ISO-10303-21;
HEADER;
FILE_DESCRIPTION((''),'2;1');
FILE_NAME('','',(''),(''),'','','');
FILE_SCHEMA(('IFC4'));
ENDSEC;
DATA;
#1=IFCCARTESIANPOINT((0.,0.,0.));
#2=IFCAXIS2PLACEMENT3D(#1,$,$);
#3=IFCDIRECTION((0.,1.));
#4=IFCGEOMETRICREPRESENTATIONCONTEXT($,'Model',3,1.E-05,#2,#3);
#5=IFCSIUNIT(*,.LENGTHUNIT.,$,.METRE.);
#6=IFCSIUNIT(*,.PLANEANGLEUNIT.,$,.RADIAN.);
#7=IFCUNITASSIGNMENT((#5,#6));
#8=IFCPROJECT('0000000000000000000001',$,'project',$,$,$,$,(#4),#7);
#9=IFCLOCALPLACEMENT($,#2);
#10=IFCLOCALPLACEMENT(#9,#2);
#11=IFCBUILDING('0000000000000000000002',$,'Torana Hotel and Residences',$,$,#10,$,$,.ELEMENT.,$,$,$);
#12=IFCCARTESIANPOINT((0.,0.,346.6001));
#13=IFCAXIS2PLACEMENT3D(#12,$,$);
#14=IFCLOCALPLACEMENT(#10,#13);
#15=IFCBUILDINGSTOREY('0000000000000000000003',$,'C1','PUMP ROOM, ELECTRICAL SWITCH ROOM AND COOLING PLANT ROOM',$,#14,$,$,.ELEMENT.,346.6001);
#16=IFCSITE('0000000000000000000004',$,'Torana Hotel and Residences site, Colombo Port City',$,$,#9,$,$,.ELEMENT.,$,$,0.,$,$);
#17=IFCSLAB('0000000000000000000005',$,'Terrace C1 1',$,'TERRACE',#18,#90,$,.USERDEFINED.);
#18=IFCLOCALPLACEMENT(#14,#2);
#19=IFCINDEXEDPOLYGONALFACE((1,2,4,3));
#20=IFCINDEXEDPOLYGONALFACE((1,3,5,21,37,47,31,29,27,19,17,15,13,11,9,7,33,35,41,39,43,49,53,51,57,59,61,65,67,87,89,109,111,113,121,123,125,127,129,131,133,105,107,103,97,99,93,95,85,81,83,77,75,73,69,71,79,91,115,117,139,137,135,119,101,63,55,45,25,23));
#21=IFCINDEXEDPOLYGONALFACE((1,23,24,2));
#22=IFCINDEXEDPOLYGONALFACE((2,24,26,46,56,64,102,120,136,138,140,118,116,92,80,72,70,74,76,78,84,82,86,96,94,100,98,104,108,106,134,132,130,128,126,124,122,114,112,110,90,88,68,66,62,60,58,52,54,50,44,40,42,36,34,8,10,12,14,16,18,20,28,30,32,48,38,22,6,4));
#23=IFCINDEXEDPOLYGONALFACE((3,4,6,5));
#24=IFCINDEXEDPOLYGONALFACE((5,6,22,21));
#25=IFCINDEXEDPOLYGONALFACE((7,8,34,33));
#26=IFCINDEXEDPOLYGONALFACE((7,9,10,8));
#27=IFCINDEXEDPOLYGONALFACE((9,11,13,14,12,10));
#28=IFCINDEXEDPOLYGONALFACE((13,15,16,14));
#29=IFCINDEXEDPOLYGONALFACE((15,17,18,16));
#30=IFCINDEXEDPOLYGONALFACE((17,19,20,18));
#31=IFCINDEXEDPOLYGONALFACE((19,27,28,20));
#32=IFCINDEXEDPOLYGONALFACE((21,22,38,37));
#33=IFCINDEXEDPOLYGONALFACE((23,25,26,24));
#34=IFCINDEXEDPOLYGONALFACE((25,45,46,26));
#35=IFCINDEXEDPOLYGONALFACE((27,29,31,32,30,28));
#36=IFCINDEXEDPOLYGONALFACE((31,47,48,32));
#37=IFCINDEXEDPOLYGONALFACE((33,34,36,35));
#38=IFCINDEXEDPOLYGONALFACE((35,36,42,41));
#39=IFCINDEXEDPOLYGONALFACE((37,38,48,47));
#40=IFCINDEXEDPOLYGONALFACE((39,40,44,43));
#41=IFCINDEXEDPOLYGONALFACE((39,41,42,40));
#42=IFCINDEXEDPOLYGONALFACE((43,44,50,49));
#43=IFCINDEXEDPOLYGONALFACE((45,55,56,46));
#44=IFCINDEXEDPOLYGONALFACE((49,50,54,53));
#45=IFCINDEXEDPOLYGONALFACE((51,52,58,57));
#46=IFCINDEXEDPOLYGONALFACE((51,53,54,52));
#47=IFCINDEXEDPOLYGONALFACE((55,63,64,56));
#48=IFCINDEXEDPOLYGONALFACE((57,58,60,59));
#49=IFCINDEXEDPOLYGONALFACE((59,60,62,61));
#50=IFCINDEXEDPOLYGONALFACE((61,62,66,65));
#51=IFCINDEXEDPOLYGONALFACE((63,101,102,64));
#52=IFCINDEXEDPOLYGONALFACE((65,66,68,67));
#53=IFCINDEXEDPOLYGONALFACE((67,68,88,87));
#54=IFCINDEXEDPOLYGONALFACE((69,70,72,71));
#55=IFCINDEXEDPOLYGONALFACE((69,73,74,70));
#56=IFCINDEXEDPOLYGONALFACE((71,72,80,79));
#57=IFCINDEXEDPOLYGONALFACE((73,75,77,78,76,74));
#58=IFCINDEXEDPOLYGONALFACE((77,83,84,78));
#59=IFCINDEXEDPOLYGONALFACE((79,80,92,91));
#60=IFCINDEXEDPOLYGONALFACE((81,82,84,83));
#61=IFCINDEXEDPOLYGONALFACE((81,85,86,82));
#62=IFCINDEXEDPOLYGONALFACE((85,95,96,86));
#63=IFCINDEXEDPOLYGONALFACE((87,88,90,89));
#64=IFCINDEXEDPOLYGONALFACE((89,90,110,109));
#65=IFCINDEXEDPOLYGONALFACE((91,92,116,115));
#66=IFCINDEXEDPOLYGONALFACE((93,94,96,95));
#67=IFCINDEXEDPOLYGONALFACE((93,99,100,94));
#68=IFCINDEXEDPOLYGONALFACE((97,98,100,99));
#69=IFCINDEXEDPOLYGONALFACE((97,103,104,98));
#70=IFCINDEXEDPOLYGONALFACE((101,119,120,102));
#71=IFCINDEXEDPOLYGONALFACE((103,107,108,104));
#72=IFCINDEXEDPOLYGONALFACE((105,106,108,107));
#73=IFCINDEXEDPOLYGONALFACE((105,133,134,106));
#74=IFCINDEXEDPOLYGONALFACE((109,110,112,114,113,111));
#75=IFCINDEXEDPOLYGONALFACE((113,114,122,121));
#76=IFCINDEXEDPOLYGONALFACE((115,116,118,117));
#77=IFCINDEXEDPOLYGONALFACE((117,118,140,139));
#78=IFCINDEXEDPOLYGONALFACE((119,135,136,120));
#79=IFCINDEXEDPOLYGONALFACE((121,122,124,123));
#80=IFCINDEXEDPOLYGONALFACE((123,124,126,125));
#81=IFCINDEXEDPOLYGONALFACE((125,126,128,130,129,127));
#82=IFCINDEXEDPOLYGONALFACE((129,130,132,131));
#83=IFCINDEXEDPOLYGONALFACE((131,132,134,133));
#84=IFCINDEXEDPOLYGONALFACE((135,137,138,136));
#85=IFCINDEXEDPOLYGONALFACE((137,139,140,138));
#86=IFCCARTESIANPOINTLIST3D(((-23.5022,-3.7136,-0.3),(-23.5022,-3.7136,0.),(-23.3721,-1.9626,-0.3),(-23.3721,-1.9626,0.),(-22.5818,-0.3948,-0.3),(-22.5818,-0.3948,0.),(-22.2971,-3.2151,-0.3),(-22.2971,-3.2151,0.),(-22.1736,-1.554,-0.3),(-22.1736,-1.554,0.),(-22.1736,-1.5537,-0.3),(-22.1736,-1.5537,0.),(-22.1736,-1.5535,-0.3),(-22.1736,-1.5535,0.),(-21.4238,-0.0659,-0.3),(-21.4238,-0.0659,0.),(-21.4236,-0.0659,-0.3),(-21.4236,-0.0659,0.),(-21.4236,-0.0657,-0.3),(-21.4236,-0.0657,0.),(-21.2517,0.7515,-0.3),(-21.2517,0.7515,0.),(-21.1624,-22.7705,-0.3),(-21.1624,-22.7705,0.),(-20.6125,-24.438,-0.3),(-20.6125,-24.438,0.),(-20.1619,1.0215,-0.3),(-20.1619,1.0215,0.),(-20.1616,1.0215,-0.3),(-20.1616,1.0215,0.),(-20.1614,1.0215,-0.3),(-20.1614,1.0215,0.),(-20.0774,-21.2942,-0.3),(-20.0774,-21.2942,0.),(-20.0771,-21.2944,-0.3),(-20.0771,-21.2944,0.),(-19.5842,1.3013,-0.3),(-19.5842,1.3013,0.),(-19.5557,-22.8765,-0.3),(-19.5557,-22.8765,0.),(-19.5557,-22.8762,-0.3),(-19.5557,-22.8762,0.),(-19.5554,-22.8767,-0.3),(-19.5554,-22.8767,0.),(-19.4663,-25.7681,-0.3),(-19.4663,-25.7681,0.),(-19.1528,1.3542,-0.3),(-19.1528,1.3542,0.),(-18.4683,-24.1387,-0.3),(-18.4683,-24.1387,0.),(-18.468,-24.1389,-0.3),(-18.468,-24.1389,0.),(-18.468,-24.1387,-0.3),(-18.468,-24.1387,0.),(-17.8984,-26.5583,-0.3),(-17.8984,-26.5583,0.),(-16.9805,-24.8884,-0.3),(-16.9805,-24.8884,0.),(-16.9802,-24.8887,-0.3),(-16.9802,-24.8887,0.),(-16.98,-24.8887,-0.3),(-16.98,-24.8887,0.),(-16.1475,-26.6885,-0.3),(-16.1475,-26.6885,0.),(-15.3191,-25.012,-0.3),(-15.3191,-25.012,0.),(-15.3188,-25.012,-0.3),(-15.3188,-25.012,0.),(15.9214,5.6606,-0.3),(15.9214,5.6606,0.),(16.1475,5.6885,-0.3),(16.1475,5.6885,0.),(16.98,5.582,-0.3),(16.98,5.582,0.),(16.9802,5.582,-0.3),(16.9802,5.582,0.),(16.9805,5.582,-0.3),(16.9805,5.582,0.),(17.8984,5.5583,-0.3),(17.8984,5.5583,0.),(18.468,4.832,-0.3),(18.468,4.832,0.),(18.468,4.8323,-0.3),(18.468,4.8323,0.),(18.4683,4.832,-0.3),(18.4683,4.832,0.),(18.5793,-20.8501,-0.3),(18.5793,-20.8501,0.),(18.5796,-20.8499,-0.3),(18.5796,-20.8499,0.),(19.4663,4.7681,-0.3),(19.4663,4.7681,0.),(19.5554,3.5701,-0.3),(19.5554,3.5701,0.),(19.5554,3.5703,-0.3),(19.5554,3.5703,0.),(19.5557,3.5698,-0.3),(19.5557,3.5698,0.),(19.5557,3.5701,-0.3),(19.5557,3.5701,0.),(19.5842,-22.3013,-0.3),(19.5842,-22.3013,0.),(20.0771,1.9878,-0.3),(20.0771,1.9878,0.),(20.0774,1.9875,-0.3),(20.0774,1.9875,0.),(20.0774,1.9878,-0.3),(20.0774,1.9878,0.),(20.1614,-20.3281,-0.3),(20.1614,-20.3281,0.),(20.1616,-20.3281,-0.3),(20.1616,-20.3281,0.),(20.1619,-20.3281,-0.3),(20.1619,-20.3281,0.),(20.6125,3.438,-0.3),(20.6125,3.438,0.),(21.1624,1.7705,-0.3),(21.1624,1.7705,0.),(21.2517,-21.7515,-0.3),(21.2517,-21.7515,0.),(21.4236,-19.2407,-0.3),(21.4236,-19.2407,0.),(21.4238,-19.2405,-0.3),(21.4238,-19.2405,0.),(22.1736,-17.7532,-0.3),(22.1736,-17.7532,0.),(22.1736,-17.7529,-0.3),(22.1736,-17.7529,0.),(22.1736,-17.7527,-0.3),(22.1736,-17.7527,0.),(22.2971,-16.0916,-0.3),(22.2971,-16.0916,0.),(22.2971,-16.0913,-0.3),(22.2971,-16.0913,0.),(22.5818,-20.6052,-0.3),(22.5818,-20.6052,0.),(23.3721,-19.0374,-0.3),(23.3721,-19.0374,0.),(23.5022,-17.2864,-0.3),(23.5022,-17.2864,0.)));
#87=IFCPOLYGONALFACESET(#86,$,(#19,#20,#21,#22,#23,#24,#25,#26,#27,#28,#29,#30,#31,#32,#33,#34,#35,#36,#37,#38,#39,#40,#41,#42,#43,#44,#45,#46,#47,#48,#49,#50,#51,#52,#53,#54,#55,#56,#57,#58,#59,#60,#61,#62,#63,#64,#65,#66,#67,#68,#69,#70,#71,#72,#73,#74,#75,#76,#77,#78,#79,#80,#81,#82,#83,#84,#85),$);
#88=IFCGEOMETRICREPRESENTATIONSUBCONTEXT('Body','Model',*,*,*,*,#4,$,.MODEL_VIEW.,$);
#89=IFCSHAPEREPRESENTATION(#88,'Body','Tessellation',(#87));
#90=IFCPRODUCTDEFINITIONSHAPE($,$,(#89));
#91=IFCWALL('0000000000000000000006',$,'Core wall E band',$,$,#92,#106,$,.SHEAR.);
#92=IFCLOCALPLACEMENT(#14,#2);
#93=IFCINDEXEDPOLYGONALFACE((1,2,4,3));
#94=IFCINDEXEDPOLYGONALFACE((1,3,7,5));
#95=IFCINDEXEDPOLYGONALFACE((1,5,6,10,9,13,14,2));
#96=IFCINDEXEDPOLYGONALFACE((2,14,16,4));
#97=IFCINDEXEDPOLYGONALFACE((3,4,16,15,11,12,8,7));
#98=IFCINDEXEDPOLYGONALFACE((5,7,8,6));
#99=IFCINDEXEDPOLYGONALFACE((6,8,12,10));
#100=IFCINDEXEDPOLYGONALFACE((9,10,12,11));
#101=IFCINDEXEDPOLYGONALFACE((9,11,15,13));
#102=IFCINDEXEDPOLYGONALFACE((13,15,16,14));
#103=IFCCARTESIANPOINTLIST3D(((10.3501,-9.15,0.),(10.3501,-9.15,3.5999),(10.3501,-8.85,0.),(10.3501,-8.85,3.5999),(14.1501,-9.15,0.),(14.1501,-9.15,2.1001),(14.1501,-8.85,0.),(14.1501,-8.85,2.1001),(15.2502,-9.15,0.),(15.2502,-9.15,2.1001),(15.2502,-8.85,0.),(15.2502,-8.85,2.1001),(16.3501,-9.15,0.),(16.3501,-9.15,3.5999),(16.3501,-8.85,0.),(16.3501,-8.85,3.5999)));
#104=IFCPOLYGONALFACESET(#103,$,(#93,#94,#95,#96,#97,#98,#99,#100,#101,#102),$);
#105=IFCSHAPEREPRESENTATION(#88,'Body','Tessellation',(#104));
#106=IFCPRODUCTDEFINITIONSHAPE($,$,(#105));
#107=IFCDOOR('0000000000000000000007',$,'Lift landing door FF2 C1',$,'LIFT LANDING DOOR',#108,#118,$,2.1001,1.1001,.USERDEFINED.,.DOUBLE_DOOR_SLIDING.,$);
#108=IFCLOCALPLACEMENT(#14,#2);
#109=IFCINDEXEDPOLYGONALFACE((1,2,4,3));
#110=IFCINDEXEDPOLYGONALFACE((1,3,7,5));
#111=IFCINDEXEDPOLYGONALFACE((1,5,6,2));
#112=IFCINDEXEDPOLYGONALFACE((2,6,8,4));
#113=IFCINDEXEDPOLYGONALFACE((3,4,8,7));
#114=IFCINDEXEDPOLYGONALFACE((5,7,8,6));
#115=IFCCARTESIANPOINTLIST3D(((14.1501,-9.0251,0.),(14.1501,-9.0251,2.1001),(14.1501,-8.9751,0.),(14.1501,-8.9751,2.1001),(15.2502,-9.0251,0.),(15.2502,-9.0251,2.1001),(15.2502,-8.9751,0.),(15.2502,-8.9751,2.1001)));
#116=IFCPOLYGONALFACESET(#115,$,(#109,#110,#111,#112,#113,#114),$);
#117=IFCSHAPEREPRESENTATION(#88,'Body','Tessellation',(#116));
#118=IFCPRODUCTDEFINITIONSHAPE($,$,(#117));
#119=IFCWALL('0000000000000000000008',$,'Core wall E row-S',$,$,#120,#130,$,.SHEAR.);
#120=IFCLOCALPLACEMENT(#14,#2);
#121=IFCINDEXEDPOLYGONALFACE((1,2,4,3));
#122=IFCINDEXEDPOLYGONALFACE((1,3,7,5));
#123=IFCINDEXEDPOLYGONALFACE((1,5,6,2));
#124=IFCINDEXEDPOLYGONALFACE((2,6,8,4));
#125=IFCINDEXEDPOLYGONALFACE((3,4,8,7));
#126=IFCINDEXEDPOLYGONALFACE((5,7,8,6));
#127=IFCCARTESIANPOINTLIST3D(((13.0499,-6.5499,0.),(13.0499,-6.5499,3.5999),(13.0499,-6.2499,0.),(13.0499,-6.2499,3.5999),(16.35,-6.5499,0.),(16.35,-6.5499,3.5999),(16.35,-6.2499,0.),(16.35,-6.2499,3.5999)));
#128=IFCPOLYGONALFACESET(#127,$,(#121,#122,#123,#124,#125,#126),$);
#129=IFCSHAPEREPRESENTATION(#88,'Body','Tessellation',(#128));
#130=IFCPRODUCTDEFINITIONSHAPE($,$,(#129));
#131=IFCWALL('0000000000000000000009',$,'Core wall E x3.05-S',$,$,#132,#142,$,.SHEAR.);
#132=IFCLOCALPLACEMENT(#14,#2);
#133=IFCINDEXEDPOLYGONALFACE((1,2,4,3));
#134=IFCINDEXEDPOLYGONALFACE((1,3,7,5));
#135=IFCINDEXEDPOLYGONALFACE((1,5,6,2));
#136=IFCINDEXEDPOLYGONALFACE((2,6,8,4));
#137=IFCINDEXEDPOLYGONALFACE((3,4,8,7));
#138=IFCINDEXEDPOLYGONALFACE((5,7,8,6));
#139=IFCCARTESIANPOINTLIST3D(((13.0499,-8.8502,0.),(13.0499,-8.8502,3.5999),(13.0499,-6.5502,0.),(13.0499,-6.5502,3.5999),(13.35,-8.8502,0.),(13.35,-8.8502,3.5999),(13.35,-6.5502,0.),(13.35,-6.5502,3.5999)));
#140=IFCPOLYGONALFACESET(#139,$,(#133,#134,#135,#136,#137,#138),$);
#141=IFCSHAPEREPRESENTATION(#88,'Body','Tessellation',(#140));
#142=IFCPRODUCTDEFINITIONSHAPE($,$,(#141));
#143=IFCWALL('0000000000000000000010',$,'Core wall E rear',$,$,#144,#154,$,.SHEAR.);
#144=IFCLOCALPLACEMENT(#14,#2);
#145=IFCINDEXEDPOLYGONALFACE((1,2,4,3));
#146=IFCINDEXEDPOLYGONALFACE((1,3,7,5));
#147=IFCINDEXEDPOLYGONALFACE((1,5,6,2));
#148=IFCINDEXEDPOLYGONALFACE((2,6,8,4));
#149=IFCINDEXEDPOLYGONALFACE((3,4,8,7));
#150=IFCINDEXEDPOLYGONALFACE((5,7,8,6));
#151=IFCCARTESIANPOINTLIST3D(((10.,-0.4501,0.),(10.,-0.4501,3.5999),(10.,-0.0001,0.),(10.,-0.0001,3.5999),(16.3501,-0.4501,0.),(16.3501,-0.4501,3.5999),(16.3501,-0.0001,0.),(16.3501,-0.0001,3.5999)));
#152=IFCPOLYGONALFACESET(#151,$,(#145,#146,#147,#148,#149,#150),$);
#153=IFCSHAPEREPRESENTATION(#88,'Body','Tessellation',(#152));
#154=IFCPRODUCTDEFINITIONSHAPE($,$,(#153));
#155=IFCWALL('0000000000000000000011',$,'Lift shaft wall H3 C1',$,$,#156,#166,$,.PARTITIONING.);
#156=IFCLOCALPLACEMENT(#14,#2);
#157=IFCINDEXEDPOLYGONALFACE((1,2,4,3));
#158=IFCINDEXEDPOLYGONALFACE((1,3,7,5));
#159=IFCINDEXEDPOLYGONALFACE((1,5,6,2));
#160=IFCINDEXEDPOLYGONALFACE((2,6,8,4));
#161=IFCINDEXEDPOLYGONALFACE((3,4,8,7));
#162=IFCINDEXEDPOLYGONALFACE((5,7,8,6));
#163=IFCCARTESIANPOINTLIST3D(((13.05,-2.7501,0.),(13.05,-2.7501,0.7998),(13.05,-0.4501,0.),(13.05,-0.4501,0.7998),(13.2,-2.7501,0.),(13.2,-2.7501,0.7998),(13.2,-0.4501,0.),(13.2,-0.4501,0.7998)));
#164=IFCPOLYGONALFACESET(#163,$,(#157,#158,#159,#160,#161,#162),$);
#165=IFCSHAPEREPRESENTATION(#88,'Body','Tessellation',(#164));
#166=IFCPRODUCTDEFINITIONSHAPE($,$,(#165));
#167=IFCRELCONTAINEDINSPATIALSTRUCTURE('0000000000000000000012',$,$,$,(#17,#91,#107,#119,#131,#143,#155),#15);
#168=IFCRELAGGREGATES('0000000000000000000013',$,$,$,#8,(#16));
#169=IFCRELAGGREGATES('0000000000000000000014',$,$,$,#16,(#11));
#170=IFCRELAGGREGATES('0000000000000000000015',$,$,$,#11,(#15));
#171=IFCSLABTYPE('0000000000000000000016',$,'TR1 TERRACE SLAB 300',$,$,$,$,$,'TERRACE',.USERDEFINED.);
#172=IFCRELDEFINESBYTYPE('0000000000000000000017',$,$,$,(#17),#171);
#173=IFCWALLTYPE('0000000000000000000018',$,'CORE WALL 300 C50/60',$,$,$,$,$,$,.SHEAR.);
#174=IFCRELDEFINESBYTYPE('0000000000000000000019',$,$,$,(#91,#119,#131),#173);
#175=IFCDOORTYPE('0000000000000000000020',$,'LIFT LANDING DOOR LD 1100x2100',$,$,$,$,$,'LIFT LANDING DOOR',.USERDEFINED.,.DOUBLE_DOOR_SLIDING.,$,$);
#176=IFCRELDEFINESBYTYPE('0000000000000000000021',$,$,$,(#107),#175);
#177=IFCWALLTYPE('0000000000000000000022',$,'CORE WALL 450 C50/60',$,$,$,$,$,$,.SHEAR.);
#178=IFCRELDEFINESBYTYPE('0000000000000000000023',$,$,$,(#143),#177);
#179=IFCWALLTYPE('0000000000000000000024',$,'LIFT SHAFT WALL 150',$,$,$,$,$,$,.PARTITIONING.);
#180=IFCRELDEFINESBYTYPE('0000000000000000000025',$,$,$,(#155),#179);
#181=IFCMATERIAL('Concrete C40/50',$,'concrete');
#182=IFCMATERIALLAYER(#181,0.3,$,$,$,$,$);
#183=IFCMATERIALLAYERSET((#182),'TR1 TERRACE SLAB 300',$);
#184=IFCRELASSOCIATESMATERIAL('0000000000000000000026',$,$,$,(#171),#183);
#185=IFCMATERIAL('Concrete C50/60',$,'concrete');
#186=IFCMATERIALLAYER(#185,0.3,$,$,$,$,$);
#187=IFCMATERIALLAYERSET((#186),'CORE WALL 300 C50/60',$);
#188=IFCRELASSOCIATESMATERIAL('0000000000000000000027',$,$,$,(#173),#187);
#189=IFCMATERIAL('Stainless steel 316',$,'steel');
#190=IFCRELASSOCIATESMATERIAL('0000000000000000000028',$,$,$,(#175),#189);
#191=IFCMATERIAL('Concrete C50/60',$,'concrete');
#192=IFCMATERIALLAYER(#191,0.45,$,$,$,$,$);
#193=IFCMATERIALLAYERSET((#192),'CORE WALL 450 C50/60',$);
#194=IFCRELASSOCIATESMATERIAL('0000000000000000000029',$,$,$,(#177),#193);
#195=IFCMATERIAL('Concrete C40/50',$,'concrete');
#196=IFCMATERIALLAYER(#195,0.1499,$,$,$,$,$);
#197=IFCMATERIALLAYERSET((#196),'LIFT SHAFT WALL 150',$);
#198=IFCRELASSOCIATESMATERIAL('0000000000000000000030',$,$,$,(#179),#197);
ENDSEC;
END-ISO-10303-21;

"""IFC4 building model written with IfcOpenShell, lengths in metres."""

from ifc_helpers import new_model, si_unit, direction, frame, frame_2d, origin, place, context, subcontext, project, spatial, polyline, rectangle, outline, extrude, material, layer, layer_set, type_object, element, fill, save


model = new_model("IFC4")

# Units and contexts
model_context = context("Model", 3, precision=1e-05, world=origin(), true_north=direction((0.0, 1.0)))
body_context = subcontext(model_context, "Body", "Model", "MODEL_VIEW")
ifc_project = project(units=[si_unit("LENGTHUNIT", "METRE"), si_unit("PLANEANGLEUNIT", "RADIAN")], contexts=[model_context])

# Site, building, storey
site_placement = place(None, origin())
site = spatial("IfcSite", under=ifc_project, at=site_placement, Name="Torana Hotel and Residences site, Colombo Port City", CompositionType="ELEMENT", RefElevation=0.0)
building_placement = place(site_placement, origin())
building = spatial("IfcBuilding", under=site, at=building_placement, Name="Torana Hotel and Residences", CompositionType="ELEMENT")
storey_placement = place(building_placement, frame((0.0, 0.0, 346.6001)))
storey = spatial("IfcBuildingStorey", under=building, at=storey_placement, Name="C1", Description="PUMP ROOM, ELECTRICAL SWITCH ROOM AND COOLING PLANT ROOM", CompositionType="ELEMENT", Elevation=346.6001)

# Slab
ifc_material_1 = material(Name="Concrete C40/50", Category="concrete")
ifc_layer_1 = layer(ifc_material_1, 0.3)
ifc_layer_set_1 = layer_set([ifc_layer_1], Name="TR1 TERRACE SLAB 300")
slab_type_1 = type_object("IfcSlabType", Name="TR1 TERRACE SLAB 300", ElementType="TERRACE", PredefinedType="USERDEFINED", material=ifc_layer_set_1)
slab_1_placement = place(storey_placement, frame((0.0, 0.0, -0.3)))
element("IfcSlab", 1, at=slab_1_placement, inside=storey, type_object=slab_type_1, Name="Terrace C1 1", ObjectType="TERRACE", PredefinedType="USERDEFINED", context=body_context, shape_type="SweptSolid", body=[
    extrude(outline(polyline([(16.1475, 5.6885), (17.8984, 5.5583), (19.4663, 4.7681), (20.6125, 3.438), (21.1624, 1.7705), (23.5022, -17.2864), (23.3721, -19.0374), (22.5818, -20.6052), (21.2517, -21.7515), (19.5842, -22.3013), (-16.1475, -26.6885), (-17.8984, -26.5583), (-19.4663, -25.7681), (-20.6125, -24.438), (-21.1624, -22.7705), (-23.5022, -3.7136), (-23.3721, -1.9626), (-22.5818, -0.3948), (-21.2517, 0.7515), (-19.5842, 1.3013), (-19.1528, 1.3542), (-20.1614, 1.0215), (-20.1616, 1.0215), (-20.1616, 1.0215), (-20.1616, 1.0215), (-20.1619, 1.0215), (-21.4236, -0.0657), (-21.4236, -0.0659), (-21.4238, -0.0659), (-21.4238, -0.0659), (-21.4238, -0.0659), (-22.1736, -1.5535), (-22.1736, -1.5537), (-22.1736, -1.5537), (-22.1736, -1.5537), (-22.1736, -1.554), (-22.2971, -3.2151), (-22.2971, -3.2151), (-22.2971, -3.2151), (-20.0774, -21.2942), (-20.0774, -21.2942), (-20.0771, -21.2944), (-19.5557, -22.8762), (-19.5557, -22.8765), (-19.5557, -22.8765), (-19.5554, -22.8767), (-19.5554, -22.8767), (-18.4683, -24.1387), (-18.468, -24.1387), (-18.468, -24.1387), (-18.468, -24.1387), (-18.468, -24.1389), (-16.9805, -24.8884), (-16.9805, -24.8884), (-16.9802, -24.8887), (-16.9802, -24.8887), (-16.98, -24.8887), (-15.3191, -25.012), (-15.3188, -25.012), (-15.3188, -25.012), (18.5793, -20.8501), (18.5793, -20.8501), (18.5796, -20.8499), (20.1614, -20.3281), (20.1616, -20.3281), (20.1616, -20.3281), (20.1616, -20.3281), (20.1619, -20.3281), (21.4236, -19.2407), (21.4236, -19.2407), (21.4238, -19.2405), (21.4238, -19.2405), (21.4238, -19.2405), (22.1736, -17.7532), (22.1736, -17.7529), (22.1736, -17.7529), (22.1736, -17.7527), (22.1736, -17.7527), (22.2971, -16.0916), (22.2971, -16.0913), (22.2971, -16.0913), (20.0774, 1.9875), (20.0774, 1.9878), (20.0771, 1.9878), (19.5557, 3.5698), (19.5557, 3.5698), (19.5557, 3.5701), (19.5554, 3.5701), (19.5554, 3.5703), (18.4683, 4.832), (18.468, 4.832), (18.468, 4.832), (18.468, 4.832), (18.468, 4.8323), (16.9805, 5.582), (16.9805, 5.582), (16.9802, 5.582), (16.9802, 5.582), (16.98, 5.582), (15.9214, 5.6606), (16.1475, 5.6885)])), origin(), (0.0, 0.0, 1.0), 0.3),
])

# Wall, opening, door
ifc_material_2 = material(Name="Concrete C50/60", Category="concrete")
ifc_layer_2 = layer(ifc_material_2, 0.3)
ifc_layer_set_2 = layer_set([ifc_layer_2], Name="CORE WALL 300 C50/60")
wall_type_1 = type_object("IfcWallType", Name="CORE WALL 300 C50/60", PredefinedType="SHEAR", material=ifc_layer_set_2)
wall_1_placement = place(storey_placement, frame((10.3501, -9.0, 0.0), z_axis=(0.0, 0.0, 1.0), x_axis=(1.0, 0.0, 0.0)))
wall_1 = element("IfcWall", 2, at=wall_1_placement, inside=storey, type_object=wall_type_1, Name="Core wall E band", PredefinedType="SHEAR", context=body_context, shape_type="SweptSolid", body=[
    extrude(rectangle(XDim=6.0, YDim=0.3, at=frame_2d((3.0, 0.0))), origin(), (0.0, 0.0, 1.0), 3.5999),
])
opening_placement = place(wall_1_placement, frame((3.8, 0.0, 0.0)))
opening = element("IfcOpeningElement", 3, at=opening_placement, cuts=wall_1, PredefinedType="OPENING", context=body_context, shape_type="SweptSolid", body=[
    extrude(rectangle(XDim=1.1001, YDim=2.1001, at=frame_2d((0.55, 1.05))), frame((0.0, 0.1599, 0.0), z_axis=(0.0, -1.0, 0.0), x_axis=(1.0, 0.0, 0.0)), (0.0, 0.0, 1.0), 0.3201),
])
ifc_material_3 = material(Name="Stainless steel 316", Category="steel")
door_type = type_object("IfcDoorType", Name="LIFT LANDING DOOR LD 1100x2100", ElementType="LIFT LANDING DOOR", OperationType="DOUBLE_DOOR_SLIDING", PredefinedType="USERDEFINED", material=ifc_material_3)
door_placement = place(opening_placement, origin())
door = element("IfcDoor", 4, at=door_placement, inside=storey, type_object=door_type, Name="Lift landing door FF2 C1", ObjectType="LIFT LANDING DOOR", OperationType="DOUBLE_DOOR_SLIDING", OverallHeight=2.1001, OverallWidth=1.1001, PredefinedType="USERDEFINED", context=body_context, shape_type="SweptSolid", body=[
    extrude(rectangle(XDim=1.1001, YDim=2.1001, at=frame_2d((0.55, 1.05))), frame((0.0, 0.0249, 0.0), z_axis=(0.0, -1.0, 0.0), x_axis=(1.0, 0.0, 0.0)), (0.0, 0.0, 1.0), 0.05),
])
fill(opening, door)

# Walls
wall_2_placement = place(storey_placement, frame((13.05, -6.3999, 0.0), z_axis=(0.0, 0.0, 1.0), x_axis=(1.0, 0.0, 0.0)))
element("IfcWall", 5, at=wall_2_placement, inside=storey, type_object=wall_type_1, Name="Core wall E row-S", PredefinedType="SHEAR", context=body_context, shape_type="SweptSolid", body=[
    extrude(rectangle(XDim=3.3, YDim=0.3, at=frame_2d((1.6499, 0.0))), origin(), (0.0, 0.0, 1.0), 3.5999),
])
wall_3_placement = place(storey_placement, frame((13.2, -8.8501, 0.0), z_axis=(0.0, 0.0, 1.0), x_axis=(0.0, 1.0, 0.0)))
element("IfcWall", 6, at=wall_3_placement, inside=storey, type_object=wall_type_1, Name="Core wall E x3.05-S", PredefinedType="SHEAR", context=body_context, shape_type="SweptSolid", body=[
    extrude(rectangle(XDim=2.3, YDim=0.3, at=frame_2d((1.1499, 0.0))), origin(), (0.0, 0.0, 1.0), 3.5999),
])
ifc_material_4 = material(Name="Concrete C50/60", Category="concrete")
ifc_layer_3 = layer(ifc_material_4, 0.45)
ifc_layer_set_3 = layer_set([ifc_layer_3], Name="CORE WALL 450 C50/60")
wall_type_2 = type_object("IfcWallType", Name="CORE WALL 450 C50/60", PredefinedType="SHEAR", material=ifc_layer_set_3)
wall_4_placement = place(storey_placement, frame((10.0, -0.2251, 0.0), z_axis=(0.0, 0.0, 1.0), x_axis=(1.0, 0.0, 0.0)))
element("IfcWall", 7, at=wall_4_placement, inside=storey, type_object=wall_type_2, Name="Core wall E rear", PredefinedType="SHEAR", context=body_context, shape_type="SweptSolid", body=[
    extrude(rectangle(XDim=6.3501, YDim=0.45, at=frame_2d((3.175, 0.0))), origin(), (0.0, 0.0, 1.0), 3.5999),
])
ifc_material_5 = material(Name="Concrete C40/50", Category="concrete")
ifc_layer_4 = layer(ifc_material_5, 0.1499)
ifc_layer_set_4 = layer_set([ifc_layer_4], Name="LIFT SHAFT WALL 150")
wall_type_3 = type_object("IfcWallType", Name="LIFT SHAFT WALL 150", PredefinedType="PARTITIONING", material=ifc_layer_set_4)
wall_5_placement = place(storey_placement, frame((13.125, -2.75, 0.0), z_axis=(0.0, 0.0, 1.0), x_axis=(0.0, 1.0, 0.0)))
element("IfcWall", 8, at=wall_5_placement, inside=storey, type_object=wall_type_3, Name="Lift shaft wall H3 C1", PredefinedType="PARTITIONING", context=body_context, shape_type="SweptSolid", body=[
    extrude(rectangle(XDim=2.3, YDim=0.1499, at=frame_2d((1.1499, 0.0))), origin(), (0.0, 0.0, 1.0), 0.7998),
])

save(model, "model.ifc")
